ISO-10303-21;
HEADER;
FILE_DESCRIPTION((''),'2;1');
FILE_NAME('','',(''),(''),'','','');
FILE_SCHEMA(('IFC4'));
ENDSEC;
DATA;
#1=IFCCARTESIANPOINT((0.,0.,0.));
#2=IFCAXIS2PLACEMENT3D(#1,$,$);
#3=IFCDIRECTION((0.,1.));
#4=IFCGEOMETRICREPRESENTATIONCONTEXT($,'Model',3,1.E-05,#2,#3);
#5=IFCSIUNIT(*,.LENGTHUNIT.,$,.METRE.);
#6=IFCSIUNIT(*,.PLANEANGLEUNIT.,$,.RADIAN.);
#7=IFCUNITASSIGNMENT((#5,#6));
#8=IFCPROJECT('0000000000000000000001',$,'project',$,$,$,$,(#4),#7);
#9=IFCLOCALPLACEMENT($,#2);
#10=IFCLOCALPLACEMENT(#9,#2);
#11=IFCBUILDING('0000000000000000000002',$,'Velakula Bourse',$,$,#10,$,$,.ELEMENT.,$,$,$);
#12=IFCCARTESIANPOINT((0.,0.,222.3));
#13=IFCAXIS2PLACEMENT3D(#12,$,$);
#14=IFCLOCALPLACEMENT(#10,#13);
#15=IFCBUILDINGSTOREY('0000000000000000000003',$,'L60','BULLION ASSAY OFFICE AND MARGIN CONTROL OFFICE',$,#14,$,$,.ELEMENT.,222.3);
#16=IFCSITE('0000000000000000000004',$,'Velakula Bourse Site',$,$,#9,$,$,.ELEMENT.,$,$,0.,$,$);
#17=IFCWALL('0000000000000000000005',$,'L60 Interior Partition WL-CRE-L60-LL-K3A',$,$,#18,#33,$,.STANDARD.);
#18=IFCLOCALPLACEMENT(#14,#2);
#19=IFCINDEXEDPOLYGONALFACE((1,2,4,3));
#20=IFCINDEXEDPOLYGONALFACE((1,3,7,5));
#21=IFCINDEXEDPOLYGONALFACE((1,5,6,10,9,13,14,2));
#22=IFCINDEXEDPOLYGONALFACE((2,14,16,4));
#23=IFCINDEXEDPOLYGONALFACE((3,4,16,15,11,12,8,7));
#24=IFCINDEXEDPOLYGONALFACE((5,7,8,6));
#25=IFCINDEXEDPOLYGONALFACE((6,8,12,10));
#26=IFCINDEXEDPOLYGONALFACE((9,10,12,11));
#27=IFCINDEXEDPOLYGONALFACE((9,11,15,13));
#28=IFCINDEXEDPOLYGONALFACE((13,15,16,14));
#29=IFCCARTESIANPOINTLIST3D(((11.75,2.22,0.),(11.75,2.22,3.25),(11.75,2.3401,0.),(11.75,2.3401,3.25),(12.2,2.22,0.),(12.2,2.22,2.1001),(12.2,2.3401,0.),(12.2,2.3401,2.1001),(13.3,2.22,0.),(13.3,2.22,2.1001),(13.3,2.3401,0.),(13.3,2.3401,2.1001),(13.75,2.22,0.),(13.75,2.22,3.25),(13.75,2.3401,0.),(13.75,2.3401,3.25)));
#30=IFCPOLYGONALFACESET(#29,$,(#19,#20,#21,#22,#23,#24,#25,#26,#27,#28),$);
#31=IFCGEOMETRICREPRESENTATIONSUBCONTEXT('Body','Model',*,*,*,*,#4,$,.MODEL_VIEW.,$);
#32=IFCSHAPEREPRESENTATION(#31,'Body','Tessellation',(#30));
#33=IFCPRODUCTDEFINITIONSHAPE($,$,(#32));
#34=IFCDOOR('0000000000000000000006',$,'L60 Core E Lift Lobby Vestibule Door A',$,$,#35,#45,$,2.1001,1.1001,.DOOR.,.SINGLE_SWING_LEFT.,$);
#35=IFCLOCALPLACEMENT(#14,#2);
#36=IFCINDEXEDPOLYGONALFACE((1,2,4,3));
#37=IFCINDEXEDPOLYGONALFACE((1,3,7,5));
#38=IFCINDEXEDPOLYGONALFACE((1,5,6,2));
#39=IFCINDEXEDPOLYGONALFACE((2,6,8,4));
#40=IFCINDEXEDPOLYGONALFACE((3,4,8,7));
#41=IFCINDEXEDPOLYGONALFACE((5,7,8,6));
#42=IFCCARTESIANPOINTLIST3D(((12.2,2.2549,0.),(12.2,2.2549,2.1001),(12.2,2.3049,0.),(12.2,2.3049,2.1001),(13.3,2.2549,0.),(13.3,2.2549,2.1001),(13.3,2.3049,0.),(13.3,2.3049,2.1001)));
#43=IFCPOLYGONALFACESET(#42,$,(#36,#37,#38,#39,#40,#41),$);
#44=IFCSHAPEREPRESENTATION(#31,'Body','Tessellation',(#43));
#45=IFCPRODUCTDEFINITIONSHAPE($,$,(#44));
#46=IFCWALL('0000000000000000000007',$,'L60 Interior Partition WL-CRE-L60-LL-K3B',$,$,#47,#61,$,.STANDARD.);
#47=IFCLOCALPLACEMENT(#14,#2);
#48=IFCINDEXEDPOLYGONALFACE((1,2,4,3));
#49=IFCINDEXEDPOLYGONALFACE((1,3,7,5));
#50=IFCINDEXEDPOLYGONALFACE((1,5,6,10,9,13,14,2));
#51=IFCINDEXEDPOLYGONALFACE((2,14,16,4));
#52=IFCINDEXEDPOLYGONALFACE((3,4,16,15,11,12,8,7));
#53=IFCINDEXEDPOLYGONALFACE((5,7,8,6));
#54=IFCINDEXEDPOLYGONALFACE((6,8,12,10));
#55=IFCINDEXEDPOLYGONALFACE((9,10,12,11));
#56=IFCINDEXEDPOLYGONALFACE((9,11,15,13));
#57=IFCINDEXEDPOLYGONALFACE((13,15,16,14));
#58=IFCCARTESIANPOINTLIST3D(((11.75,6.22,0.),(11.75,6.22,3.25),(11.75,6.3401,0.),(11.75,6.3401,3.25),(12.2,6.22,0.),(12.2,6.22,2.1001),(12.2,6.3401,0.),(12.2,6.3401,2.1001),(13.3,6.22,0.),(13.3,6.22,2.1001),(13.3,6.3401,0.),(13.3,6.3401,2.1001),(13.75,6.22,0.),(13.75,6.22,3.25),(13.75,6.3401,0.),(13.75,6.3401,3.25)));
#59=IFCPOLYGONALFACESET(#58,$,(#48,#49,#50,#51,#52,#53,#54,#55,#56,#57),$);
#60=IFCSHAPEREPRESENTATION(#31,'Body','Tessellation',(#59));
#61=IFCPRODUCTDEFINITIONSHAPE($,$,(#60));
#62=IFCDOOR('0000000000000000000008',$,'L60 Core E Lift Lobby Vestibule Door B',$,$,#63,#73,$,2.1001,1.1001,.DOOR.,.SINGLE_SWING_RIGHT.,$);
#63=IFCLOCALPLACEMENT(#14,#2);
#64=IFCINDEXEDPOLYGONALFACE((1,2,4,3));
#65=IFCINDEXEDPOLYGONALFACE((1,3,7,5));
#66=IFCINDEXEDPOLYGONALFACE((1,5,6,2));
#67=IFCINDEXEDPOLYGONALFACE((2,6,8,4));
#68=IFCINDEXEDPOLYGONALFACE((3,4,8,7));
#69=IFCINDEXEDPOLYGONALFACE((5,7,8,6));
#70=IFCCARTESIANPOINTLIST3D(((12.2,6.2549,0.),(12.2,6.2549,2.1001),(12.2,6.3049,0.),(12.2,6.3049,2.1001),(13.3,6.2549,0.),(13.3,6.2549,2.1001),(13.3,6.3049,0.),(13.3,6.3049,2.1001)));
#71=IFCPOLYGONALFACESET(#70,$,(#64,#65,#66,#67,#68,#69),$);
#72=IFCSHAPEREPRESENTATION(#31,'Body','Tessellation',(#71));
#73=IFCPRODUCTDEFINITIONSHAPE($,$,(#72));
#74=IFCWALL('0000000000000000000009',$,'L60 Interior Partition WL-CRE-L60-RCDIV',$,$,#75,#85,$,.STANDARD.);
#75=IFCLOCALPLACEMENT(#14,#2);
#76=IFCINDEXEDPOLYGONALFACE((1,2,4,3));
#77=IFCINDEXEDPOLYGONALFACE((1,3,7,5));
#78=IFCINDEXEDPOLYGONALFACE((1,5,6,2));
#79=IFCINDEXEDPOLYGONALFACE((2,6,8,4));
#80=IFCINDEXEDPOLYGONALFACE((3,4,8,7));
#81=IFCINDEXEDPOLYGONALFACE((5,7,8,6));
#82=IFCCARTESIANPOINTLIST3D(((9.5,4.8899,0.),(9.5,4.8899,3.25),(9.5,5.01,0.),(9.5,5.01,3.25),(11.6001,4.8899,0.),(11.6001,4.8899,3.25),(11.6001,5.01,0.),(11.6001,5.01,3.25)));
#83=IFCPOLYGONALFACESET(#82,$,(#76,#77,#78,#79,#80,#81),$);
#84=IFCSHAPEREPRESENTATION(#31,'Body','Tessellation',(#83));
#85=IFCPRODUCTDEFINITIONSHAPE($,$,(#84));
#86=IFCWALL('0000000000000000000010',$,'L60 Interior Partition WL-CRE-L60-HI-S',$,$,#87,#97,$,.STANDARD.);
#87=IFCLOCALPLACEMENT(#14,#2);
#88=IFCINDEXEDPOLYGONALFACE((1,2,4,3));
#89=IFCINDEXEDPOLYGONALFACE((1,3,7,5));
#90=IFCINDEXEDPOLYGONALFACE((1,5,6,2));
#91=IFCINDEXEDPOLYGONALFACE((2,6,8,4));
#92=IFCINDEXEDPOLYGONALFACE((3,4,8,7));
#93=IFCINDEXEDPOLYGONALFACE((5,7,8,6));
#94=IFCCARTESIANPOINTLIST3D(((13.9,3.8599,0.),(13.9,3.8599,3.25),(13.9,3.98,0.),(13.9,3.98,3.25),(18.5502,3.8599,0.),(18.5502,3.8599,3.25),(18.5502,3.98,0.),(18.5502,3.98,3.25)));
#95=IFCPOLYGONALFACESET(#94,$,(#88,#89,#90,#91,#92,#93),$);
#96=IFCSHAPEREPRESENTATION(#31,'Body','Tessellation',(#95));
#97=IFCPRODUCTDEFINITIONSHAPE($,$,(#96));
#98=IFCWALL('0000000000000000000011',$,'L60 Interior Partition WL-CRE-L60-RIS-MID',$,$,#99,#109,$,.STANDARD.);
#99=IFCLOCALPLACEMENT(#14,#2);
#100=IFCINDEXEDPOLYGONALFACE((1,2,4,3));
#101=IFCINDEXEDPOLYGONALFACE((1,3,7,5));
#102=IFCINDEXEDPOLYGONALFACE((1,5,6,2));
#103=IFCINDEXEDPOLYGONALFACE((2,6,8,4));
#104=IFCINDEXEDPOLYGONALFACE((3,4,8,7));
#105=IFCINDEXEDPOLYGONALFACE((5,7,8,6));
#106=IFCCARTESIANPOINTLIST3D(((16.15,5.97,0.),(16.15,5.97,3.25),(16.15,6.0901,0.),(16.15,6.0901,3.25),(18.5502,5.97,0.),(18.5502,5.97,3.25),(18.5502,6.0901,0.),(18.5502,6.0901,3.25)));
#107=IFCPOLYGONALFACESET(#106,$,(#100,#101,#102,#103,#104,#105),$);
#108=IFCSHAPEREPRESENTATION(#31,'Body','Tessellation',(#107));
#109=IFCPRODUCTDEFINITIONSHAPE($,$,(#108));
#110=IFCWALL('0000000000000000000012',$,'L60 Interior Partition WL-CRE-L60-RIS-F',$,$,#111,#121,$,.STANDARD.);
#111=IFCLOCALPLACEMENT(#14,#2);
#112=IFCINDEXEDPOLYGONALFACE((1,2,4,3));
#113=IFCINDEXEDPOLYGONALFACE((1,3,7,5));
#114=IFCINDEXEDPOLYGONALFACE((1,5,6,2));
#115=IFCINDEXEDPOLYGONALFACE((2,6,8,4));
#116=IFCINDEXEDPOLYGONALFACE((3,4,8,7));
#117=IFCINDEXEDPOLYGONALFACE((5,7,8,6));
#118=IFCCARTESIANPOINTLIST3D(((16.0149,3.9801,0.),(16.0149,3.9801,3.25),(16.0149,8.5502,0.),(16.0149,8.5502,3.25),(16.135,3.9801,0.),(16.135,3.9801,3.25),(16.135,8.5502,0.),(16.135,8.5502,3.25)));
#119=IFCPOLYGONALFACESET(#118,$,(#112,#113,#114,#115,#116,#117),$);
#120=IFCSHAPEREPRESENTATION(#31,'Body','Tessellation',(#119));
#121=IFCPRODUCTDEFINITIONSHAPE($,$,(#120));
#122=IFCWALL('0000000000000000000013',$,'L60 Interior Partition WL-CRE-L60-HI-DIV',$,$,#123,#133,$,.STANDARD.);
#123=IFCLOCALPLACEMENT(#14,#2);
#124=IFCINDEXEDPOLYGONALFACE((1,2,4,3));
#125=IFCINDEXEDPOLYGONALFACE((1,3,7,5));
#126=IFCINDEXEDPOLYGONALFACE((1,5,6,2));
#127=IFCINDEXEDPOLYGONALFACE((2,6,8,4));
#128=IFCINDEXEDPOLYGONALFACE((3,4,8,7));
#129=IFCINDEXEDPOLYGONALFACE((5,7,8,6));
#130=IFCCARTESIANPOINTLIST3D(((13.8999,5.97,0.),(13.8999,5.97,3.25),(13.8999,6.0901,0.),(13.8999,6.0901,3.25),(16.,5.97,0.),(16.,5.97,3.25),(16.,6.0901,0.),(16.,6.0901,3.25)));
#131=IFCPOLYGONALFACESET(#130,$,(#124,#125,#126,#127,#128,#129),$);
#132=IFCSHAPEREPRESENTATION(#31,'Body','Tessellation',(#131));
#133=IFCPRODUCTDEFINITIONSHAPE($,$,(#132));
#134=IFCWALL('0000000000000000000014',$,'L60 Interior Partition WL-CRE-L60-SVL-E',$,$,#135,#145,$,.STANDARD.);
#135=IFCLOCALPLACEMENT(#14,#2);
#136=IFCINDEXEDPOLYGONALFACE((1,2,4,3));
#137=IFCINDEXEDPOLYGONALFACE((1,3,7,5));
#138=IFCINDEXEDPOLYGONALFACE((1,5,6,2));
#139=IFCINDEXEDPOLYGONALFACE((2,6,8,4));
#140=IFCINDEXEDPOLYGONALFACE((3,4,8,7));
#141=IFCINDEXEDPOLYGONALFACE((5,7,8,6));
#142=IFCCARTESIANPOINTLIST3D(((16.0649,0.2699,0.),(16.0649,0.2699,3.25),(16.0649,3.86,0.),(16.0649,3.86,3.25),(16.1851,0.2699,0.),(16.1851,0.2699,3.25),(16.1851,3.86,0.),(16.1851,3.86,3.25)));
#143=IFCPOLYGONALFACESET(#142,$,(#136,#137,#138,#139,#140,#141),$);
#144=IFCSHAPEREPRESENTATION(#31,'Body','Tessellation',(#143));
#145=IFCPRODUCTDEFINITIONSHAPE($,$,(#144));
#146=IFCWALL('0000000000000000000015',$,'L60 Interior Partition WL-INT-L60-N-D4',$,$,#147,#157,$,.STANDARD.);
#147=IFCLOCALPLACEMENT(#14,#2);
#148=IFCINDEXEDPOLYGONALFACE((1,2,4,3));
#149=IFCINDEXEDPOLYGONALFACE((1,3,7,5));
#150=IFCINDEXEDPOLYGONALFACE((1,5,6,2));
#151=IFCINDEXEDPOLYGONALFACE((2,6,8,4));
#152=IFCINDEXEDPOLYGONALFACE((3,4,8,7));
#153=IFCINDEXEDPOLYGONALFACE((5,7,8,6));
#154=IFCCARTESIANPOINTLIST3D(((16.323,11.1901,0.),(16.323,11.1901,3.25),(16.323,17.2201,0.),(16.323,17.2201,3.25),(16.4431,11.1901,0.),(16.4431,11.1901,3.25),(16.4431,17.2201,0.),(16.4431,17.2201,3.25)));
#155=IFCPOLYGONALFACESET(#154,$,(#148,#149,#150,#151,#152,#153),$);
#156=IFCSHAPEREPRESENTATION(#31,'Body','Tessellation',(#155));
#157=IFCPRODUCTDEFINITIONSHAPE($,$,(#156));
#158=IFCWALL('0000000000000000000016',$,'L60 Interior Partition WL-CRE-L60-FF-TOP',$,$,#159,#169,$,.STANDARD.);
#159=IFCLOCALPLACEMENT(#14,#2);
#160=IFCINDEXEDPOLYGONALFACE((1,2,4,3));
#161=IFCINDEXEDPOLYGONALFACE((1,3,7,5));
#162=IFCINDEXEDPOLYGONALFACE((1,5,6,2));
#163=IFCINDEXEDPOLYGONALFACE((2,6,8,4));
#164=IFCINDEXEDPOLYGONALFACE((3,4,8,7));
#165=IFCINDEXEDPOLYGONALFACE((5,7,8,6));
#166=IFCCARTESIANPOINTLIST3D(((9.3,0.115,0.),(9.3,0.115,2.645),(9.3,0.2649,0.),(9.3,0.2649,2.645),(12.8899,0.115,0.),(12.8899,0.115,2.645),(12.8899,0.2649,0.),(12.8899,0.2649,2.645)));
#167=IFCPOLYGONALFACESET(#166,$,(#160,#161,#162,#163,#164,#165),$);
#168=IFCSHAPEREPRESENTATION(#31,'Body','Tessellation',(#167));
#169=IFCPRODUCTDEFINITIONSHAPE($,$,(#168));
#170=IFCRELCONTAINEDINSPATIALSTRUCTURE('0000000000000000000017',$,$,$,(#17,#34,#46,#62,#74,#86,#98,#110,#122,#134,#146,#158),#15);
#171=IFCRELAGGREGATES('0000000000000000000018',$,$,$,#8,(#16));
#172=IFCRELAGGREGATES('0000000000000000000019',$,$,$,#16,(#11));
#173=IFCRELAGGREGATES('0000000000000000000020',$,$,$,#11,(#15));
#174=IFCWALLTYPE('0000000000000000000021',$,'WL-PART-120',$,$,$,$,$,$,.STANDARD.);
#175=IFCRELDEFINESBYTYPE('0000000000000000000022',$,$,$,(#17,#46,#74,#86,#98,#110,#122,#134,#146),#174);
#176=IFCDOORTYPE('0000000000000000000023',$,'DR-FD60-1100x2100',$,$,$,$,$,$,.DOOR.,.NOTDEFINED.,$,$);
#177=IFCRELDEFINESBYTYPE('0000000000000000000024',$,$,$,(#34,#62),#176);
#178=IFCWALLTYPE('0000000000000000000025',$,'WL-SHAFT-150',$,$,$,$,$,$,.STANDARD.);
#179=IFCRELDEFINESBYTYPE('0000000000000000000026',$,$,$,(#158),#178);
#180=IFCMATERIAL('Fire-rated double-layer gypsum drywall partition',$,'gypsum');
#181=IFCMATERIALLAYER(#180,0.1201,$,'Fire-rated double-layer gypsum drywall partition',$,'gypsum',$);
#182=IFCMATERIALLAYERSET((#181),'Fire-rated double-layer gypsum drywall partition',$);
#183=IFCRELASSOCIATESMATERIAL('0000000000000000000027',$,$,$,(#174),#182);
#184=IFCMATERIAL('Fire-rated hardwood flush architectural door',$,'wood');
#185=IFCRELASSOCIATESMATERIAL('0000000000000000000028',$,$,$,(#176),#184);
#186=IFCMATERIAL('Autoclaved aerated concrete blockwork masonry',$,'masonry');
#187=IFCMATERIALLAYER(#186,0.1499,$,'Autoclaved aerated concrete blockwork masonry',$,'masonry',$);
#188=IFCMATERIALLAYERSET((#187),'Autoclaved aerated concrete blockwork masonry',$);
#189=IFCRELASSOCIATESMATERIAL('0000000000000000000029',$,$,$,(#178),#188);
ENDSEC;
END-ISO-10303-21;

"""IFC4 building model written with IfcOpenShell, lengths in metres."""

from ifc_helpers import new_model, si_unit, direction, frame, frame_2d, origin, place, context, subcontext, project, spatial, rectangle, extrude, material, layer, layer_set, type_object, element, fill, save


model = new_model("IFC4")

# Units and contexts
model_context = context("Model", 3, precision=1e-05, world=origin(), true_north=direction((0.0, 1.0)))
body_context = subcontext(model_context, "Body", "Model", "MODEL_VIEW")
ifc_project = project(units=[si_unit("LENGTHUNIT", "METRE"), si_unit("PLANEANGLEUNIT", "RADIAN")], contexts=[model_context])

# Site, building, storey
site_placement = place(None, origin())
site = spatial("IfcSite", under=ifc_project, at=site_placement, Name="Velakula Bourse Site", CompositionType="ELEMENT", RefElevation=0.0)
building_placement = place(site_placement, origin())
building = spatial("IfcBuilding", under=site, at=building_placement, Name="Velakula Bourse", CompositionType="ELEMENT")
storey_placement = place(building_placement, frame((0.0, 0.0, 222.3)))
storey = spatial("IfcBuildingStorey", under=building, at=storey_placement, Name="L60", Description="BULLION ASSAY OFFICE AND MARGIN CONTROL OFFICE", CompositionType="ELEMENT", Elevation=222.3)

# Walls, openings, doors
ifc_material_1 = material(Name="Fire-rated double-layer gypsum drywall partition", Category="gypsum")
ifc_layer_1 = layer(ifc_material_1, 0.1201, Name="Fire-rated double-layer gypsum drywall partition", Category="gypsum")
ifc_layer_set_1 = layer_set([ifc_layer_1], Name="Fire-rated double-layer gypsum drywall partition")
wall_type_1 = type_object("IfcWallType", Name="WL-PART-120", PredefinedType="STANDARD", material=ifc_layer_set_1)
wall_1_placement = place(storey_placement, frame((11.75, 2.28, 0.0), z_axis=(0.0, 0.0, 1.0), x_axis=(1.0, 0.0, 0.0)))
wall_1 = element("IfcWall", 1, at=wall_1_placement, inside=storey, type_object=wall_type_1, Name="L60 Interior Partition WL-CRE-L60-LL-K3A", PredefinedType="STANDARD", context=body_context, shape_type="SweptSolid", body=[
    extrude(rectangle(XDim=2.0, YDim=0.1201, at=frame_2d((1.0, 0.0))), origin(), (0.0, 0.0, 1.0), 3.25),
])
opening_1_placement = place(wall_1_placement, frame((0.45, 0.0, 0.0)))
opening_1 = element("IfcOpeningElement", 2, at=opening_1_placement, cuts=wall_1, PredefinedType="OPENING", context=body_context, shape_type="SweptSolid", body=[
    extrude(rectangle(XDim=1.1001, YDim=2.1001, at=frame_2d((0.55, 1.05))), frame((0.0, 0.0701, 0.0), z_axis=(0.0, -1.0, 0.0), x_axis=(1.0, 0.0, 0.0)), (0.0, 0.0, 1.0), 0.1401),
])
ifc_material_2 = material(Name="Fire-rated hardwood flush architectural door", Category="wood")
door_type_1 = type_object("IfcDoorType", Name="DR-FD60-1100x2100", OperationType="NOTDEFINED", PredefinedType="DOOR", material=ifc_material_2)
door_1_placement = place(opening_1_placement, origin())
door_1 = element("IfcDoor", 3, at=door_1_placement, inside=storey, type_object=door_type_1, Name="L60 Core E Lift Lobby Vestibule Door A", OperationType="SINGLE_SWING_LEFT", OverallHeight=2.1001, OverallWidth=1.1001, PredefinedType="DOOR", context=body_context, shape_type="SweptSolid", body=[
    extrude(rectangle(XDim=1.1001, YDim=2.1001, at=frame_2d((0.55, 1.05))), frame((0.0, 0.0249, 0.0), z_axis=(0.0, -1.0, 0.0), x_axis=(1.0, 0.0, 0.0)), (0.0, 0.0, 1.0), 0.05),
])
fill(opening_1, door_1)
wall_2_placement = place(storey_placement, frame((11.75, 6.28, 0.0), z_axis=(0.0, 0.0, 1.0), x_axis=(1.0, 0.0, 0.0)))
wall_2 = element("IfcWall", 4, at=wall_2_placement, inside=storey, type_object=wall_type_1, Name="L60 Interior Partition WL-CRE-L60-LL-K3B", PredefinedType="STANDARD", context=body_context, shape_type="SweptSolid", body=[
    extrude(rectangle(XDim=2.0, YDim=0.1201, at=frame_2d((1.0, 0.0))), origin(), (0.0, 0.0, 1.0), 3.25),
])
opening_2_placement = place(wall_2_placement, frame((0.45, 0.0, 0.0)))
opening_2 = element("IfcOpeningElement", 5, at=opening_2_placement, cuts=wall_2, PredefinedType="OPENING", context=body_context, shape_type="SweptSolid", body=[
    extrude(rectangle(XDim=1.1001, YDim=2.1001, at=frame_2d((0.55, 1.05))), frame((0.0, 0.0701, 0.0), z_axis=(0.0, -1.0, 0.0), x_axis=(1.0, 0.0, 0.0)), (0.0, 0.0, 1.0), 0.1401),
])
door_2_placement = place(opening_2_placement, origin())
door_2 = element("IfcDoor", 6, at=door_2_placement, inside=storey, type_object=door_type_1, Name="L60 Core E Lift Lobby Vestibule Door B", OperationType="SINGLE_SWING_RIGHT", OverallHeight=2.1001, OverallWidth=1.1001, PredefinedType="DOOR", context=body_context, shape_type="SweptSolid", body=[
    extrude(rectangle(XDim=1.1001, YDim=2.1001, at=frame_2d((0.55, 1.05))), frame((0.0, 0.0249, 0.0), z_axis=(0.0, -1.0, 0.0), x_axis=(1.0, 0.0, 0.0)), (0.0, 0.0, 1.0), 0.05),
])
fill(opening_2, door_2)

# Walls
wall_3_placement = place(storey_placement, frame((9.5, 4.95, 0.0), z_axis=(0.0, 0.0, 1.0), x_axis=(1.0, 0.0, 0.0)))
element("IfcWall", 7, at=wall_3_placement, inside=storey, type_object=wall_type_1, Name="L60 Interior Partition WL-CRE-L60-RCDIV", PredefinedType="STANDARD", context=body_context, shape_type="SweptSolid", body=[
    extrude(rectangle(XDim=2.1001, YDim=0.1201, at=frame_2d((1.05, 0.0))), origin(), (0.0, 0.0, 1.0), 3.25),
])
wall_4_placement = place(storey_placement, frame((13.8999, 3.9199, 0.0), z_axis=(0.0, 0.0, 1.0), x_axis=(1.0, 0.0, 0.0)))
element("IfcWall", 8, at=wall_4_placement, inside=storey, type_object=wall_type_1, Name="L60 Interior Partition WL-CRE-L60-HI-S", PredefinedType="STANDARD", context=body_context, shape_type="SweptSolid", body=[
    extrude(rectangle(XDim=4.6501, YDim=0.1201, at=frame_2d((2.3252, 0.0))), origin(), (0.0, 0.0, 1.0), 3.25),
])
wall_5_placement = place(storey_placement, frame((16.1499, 6.03, 0.0), z_axis=(0.0, 0.0, 1.0), x_axis=(1.0, 0.0, 0.0)))
element("IfcWall", 9, at=wall_5_placement, inside=storey, type_object=wall_type_1, Name="L60 Interior Partition WL-CRE-L60-RIS-MID", PredefinedType="STANDARD", context=body_context, shape_type="SweptSolid", body=[
    extrude(rectangle(XDim=2.4001, YDim=0.1201, at=frame_2d((1.2002, 0.0))), origin(), (0.0, 0.0, 1.0), 3.25),
])
wall_6_placement = place(storey_placement, frame((16.075, 3.98, 0.0), z_axis=(0.0, 0.0, 1.0), x_axis=(0.0, 1.0, 0.0)))
element("IfcWall", 10, at=wall_6_placement, inside=storey, type_object=wall_type_1, Name="L60 Interior Partition WL-CRE-L60-RIS-F", PredefinedType="STANDARD", context=body_context, shape_type="SweptSolid", body=[
    extrude(rectangle(XDim=4.5701, YDim=0.1201, at=frame_2d((2.2852, 0.0))), origin(), (0.0, 0.0, 1.0), 3.25),
])
wall_7_placement = place(storey_placement, frame((13.8999, 6.03, 0.0), z_axis=(0.0, 0.0, 1.0), x_axis=(1.0, 0.0, 0.0)))
element("IfcWall", 11, at=wall_7_placement, inside=storey, type_object=wall_type_1, Name="L60 Interior Partition WL-CRE-L60-HI-DIV", PredefinedType="STANDARD", context=body_context, shape_type="SweptSolid", body=[
    extrude(rectangle(XDim=2.1001, YDim=0.1201, at=frame_2d((1.05, 0.0))), origin(), (0.0, 0.0, 1.0), 3.25),
])
wall_8_placement = place(storey_placement, frame((16.125, 0.27, 0.0), z_axis=(0.0, 0.0, 1.0), x_axis=(0.0, 1.0, 0.0)))
element("IfcWall", 12, at=wall_8_placement, inside=storey, type_object=wall_type_1, Name="L60 Interior Partition WL-CRE-L60-SVL-E", PredefinedType="STANDARD", context=body_context, shape_type="SweptSolid", body=[
    extrude(rectangle(XDim=3.5901, YDim=0.1201, at=frame_2d((1.7949, 0.0))), origin(), (0.0, 0.0, 1.0), 3.25),
])
wall_9_placement = place(storey_placement, frame((16.3831, 11.1899, 0.0), z_axis=(0.0, 0.0, 1.0), x_axis=(0.0, 1.0, 0.0)))
element("IfcWall", 13, at=wall_9_placement, inside=storey, type_object=wall_type_1, Name="L60 Interior Partition WL-INT-L60-N-D4", PredefinedType="STANDARD", context=body_context, shape_type="SweptSolid", body=[
    extrude(rectangle(XDim=6.03, YDim=0.1201, at=frame_2d((3.0151, 0.0))), origin(), (0.0, 0.0, 1.0), 3.25),
])
ifc_material_3 = material(Name="Autoclaved aerated concrete blockwork masonry", Category="masonry")
ifc_layer_2 = layer(ifc_material_3, 0.1499, Name="Autoclaved aerated concrete blockwork masonry", Category="masonry")
ifc_layer_set_2 = layer_set([ifc_layer_2], Name="Autoclaved aerated concrete blockwork masonry")
wall_type_2 = type_object("IfcWallType", Name="WL-SHAFT-150", PredefinedType="STANDARD", material=ifc_layer_set_2)
wall_10_placement = place(storey_placement, frame((9.3, 0.1899, 0.0), z_axis=(0.0, 0.0, 1.0), x_axis=(1.0, 0.0, 0.0)))
element("IfcWall", 14, at=wall_10_placement, inside=storey, type_object=wall_type_2, Name="L60 Interior Partition WL-CRE-L60-FF-TOP", PredefinedType="STANDARD", context=body_context, shape_type="SweptSolid", body=[
    extrude(rectangle(XDim=3.5898, YDim=0.1499, at=frame_2d((1.7949, 0.0))), origin(), (0.0, 0.0, 1.0), 2.645),
])

save(model, "model.ifc")
